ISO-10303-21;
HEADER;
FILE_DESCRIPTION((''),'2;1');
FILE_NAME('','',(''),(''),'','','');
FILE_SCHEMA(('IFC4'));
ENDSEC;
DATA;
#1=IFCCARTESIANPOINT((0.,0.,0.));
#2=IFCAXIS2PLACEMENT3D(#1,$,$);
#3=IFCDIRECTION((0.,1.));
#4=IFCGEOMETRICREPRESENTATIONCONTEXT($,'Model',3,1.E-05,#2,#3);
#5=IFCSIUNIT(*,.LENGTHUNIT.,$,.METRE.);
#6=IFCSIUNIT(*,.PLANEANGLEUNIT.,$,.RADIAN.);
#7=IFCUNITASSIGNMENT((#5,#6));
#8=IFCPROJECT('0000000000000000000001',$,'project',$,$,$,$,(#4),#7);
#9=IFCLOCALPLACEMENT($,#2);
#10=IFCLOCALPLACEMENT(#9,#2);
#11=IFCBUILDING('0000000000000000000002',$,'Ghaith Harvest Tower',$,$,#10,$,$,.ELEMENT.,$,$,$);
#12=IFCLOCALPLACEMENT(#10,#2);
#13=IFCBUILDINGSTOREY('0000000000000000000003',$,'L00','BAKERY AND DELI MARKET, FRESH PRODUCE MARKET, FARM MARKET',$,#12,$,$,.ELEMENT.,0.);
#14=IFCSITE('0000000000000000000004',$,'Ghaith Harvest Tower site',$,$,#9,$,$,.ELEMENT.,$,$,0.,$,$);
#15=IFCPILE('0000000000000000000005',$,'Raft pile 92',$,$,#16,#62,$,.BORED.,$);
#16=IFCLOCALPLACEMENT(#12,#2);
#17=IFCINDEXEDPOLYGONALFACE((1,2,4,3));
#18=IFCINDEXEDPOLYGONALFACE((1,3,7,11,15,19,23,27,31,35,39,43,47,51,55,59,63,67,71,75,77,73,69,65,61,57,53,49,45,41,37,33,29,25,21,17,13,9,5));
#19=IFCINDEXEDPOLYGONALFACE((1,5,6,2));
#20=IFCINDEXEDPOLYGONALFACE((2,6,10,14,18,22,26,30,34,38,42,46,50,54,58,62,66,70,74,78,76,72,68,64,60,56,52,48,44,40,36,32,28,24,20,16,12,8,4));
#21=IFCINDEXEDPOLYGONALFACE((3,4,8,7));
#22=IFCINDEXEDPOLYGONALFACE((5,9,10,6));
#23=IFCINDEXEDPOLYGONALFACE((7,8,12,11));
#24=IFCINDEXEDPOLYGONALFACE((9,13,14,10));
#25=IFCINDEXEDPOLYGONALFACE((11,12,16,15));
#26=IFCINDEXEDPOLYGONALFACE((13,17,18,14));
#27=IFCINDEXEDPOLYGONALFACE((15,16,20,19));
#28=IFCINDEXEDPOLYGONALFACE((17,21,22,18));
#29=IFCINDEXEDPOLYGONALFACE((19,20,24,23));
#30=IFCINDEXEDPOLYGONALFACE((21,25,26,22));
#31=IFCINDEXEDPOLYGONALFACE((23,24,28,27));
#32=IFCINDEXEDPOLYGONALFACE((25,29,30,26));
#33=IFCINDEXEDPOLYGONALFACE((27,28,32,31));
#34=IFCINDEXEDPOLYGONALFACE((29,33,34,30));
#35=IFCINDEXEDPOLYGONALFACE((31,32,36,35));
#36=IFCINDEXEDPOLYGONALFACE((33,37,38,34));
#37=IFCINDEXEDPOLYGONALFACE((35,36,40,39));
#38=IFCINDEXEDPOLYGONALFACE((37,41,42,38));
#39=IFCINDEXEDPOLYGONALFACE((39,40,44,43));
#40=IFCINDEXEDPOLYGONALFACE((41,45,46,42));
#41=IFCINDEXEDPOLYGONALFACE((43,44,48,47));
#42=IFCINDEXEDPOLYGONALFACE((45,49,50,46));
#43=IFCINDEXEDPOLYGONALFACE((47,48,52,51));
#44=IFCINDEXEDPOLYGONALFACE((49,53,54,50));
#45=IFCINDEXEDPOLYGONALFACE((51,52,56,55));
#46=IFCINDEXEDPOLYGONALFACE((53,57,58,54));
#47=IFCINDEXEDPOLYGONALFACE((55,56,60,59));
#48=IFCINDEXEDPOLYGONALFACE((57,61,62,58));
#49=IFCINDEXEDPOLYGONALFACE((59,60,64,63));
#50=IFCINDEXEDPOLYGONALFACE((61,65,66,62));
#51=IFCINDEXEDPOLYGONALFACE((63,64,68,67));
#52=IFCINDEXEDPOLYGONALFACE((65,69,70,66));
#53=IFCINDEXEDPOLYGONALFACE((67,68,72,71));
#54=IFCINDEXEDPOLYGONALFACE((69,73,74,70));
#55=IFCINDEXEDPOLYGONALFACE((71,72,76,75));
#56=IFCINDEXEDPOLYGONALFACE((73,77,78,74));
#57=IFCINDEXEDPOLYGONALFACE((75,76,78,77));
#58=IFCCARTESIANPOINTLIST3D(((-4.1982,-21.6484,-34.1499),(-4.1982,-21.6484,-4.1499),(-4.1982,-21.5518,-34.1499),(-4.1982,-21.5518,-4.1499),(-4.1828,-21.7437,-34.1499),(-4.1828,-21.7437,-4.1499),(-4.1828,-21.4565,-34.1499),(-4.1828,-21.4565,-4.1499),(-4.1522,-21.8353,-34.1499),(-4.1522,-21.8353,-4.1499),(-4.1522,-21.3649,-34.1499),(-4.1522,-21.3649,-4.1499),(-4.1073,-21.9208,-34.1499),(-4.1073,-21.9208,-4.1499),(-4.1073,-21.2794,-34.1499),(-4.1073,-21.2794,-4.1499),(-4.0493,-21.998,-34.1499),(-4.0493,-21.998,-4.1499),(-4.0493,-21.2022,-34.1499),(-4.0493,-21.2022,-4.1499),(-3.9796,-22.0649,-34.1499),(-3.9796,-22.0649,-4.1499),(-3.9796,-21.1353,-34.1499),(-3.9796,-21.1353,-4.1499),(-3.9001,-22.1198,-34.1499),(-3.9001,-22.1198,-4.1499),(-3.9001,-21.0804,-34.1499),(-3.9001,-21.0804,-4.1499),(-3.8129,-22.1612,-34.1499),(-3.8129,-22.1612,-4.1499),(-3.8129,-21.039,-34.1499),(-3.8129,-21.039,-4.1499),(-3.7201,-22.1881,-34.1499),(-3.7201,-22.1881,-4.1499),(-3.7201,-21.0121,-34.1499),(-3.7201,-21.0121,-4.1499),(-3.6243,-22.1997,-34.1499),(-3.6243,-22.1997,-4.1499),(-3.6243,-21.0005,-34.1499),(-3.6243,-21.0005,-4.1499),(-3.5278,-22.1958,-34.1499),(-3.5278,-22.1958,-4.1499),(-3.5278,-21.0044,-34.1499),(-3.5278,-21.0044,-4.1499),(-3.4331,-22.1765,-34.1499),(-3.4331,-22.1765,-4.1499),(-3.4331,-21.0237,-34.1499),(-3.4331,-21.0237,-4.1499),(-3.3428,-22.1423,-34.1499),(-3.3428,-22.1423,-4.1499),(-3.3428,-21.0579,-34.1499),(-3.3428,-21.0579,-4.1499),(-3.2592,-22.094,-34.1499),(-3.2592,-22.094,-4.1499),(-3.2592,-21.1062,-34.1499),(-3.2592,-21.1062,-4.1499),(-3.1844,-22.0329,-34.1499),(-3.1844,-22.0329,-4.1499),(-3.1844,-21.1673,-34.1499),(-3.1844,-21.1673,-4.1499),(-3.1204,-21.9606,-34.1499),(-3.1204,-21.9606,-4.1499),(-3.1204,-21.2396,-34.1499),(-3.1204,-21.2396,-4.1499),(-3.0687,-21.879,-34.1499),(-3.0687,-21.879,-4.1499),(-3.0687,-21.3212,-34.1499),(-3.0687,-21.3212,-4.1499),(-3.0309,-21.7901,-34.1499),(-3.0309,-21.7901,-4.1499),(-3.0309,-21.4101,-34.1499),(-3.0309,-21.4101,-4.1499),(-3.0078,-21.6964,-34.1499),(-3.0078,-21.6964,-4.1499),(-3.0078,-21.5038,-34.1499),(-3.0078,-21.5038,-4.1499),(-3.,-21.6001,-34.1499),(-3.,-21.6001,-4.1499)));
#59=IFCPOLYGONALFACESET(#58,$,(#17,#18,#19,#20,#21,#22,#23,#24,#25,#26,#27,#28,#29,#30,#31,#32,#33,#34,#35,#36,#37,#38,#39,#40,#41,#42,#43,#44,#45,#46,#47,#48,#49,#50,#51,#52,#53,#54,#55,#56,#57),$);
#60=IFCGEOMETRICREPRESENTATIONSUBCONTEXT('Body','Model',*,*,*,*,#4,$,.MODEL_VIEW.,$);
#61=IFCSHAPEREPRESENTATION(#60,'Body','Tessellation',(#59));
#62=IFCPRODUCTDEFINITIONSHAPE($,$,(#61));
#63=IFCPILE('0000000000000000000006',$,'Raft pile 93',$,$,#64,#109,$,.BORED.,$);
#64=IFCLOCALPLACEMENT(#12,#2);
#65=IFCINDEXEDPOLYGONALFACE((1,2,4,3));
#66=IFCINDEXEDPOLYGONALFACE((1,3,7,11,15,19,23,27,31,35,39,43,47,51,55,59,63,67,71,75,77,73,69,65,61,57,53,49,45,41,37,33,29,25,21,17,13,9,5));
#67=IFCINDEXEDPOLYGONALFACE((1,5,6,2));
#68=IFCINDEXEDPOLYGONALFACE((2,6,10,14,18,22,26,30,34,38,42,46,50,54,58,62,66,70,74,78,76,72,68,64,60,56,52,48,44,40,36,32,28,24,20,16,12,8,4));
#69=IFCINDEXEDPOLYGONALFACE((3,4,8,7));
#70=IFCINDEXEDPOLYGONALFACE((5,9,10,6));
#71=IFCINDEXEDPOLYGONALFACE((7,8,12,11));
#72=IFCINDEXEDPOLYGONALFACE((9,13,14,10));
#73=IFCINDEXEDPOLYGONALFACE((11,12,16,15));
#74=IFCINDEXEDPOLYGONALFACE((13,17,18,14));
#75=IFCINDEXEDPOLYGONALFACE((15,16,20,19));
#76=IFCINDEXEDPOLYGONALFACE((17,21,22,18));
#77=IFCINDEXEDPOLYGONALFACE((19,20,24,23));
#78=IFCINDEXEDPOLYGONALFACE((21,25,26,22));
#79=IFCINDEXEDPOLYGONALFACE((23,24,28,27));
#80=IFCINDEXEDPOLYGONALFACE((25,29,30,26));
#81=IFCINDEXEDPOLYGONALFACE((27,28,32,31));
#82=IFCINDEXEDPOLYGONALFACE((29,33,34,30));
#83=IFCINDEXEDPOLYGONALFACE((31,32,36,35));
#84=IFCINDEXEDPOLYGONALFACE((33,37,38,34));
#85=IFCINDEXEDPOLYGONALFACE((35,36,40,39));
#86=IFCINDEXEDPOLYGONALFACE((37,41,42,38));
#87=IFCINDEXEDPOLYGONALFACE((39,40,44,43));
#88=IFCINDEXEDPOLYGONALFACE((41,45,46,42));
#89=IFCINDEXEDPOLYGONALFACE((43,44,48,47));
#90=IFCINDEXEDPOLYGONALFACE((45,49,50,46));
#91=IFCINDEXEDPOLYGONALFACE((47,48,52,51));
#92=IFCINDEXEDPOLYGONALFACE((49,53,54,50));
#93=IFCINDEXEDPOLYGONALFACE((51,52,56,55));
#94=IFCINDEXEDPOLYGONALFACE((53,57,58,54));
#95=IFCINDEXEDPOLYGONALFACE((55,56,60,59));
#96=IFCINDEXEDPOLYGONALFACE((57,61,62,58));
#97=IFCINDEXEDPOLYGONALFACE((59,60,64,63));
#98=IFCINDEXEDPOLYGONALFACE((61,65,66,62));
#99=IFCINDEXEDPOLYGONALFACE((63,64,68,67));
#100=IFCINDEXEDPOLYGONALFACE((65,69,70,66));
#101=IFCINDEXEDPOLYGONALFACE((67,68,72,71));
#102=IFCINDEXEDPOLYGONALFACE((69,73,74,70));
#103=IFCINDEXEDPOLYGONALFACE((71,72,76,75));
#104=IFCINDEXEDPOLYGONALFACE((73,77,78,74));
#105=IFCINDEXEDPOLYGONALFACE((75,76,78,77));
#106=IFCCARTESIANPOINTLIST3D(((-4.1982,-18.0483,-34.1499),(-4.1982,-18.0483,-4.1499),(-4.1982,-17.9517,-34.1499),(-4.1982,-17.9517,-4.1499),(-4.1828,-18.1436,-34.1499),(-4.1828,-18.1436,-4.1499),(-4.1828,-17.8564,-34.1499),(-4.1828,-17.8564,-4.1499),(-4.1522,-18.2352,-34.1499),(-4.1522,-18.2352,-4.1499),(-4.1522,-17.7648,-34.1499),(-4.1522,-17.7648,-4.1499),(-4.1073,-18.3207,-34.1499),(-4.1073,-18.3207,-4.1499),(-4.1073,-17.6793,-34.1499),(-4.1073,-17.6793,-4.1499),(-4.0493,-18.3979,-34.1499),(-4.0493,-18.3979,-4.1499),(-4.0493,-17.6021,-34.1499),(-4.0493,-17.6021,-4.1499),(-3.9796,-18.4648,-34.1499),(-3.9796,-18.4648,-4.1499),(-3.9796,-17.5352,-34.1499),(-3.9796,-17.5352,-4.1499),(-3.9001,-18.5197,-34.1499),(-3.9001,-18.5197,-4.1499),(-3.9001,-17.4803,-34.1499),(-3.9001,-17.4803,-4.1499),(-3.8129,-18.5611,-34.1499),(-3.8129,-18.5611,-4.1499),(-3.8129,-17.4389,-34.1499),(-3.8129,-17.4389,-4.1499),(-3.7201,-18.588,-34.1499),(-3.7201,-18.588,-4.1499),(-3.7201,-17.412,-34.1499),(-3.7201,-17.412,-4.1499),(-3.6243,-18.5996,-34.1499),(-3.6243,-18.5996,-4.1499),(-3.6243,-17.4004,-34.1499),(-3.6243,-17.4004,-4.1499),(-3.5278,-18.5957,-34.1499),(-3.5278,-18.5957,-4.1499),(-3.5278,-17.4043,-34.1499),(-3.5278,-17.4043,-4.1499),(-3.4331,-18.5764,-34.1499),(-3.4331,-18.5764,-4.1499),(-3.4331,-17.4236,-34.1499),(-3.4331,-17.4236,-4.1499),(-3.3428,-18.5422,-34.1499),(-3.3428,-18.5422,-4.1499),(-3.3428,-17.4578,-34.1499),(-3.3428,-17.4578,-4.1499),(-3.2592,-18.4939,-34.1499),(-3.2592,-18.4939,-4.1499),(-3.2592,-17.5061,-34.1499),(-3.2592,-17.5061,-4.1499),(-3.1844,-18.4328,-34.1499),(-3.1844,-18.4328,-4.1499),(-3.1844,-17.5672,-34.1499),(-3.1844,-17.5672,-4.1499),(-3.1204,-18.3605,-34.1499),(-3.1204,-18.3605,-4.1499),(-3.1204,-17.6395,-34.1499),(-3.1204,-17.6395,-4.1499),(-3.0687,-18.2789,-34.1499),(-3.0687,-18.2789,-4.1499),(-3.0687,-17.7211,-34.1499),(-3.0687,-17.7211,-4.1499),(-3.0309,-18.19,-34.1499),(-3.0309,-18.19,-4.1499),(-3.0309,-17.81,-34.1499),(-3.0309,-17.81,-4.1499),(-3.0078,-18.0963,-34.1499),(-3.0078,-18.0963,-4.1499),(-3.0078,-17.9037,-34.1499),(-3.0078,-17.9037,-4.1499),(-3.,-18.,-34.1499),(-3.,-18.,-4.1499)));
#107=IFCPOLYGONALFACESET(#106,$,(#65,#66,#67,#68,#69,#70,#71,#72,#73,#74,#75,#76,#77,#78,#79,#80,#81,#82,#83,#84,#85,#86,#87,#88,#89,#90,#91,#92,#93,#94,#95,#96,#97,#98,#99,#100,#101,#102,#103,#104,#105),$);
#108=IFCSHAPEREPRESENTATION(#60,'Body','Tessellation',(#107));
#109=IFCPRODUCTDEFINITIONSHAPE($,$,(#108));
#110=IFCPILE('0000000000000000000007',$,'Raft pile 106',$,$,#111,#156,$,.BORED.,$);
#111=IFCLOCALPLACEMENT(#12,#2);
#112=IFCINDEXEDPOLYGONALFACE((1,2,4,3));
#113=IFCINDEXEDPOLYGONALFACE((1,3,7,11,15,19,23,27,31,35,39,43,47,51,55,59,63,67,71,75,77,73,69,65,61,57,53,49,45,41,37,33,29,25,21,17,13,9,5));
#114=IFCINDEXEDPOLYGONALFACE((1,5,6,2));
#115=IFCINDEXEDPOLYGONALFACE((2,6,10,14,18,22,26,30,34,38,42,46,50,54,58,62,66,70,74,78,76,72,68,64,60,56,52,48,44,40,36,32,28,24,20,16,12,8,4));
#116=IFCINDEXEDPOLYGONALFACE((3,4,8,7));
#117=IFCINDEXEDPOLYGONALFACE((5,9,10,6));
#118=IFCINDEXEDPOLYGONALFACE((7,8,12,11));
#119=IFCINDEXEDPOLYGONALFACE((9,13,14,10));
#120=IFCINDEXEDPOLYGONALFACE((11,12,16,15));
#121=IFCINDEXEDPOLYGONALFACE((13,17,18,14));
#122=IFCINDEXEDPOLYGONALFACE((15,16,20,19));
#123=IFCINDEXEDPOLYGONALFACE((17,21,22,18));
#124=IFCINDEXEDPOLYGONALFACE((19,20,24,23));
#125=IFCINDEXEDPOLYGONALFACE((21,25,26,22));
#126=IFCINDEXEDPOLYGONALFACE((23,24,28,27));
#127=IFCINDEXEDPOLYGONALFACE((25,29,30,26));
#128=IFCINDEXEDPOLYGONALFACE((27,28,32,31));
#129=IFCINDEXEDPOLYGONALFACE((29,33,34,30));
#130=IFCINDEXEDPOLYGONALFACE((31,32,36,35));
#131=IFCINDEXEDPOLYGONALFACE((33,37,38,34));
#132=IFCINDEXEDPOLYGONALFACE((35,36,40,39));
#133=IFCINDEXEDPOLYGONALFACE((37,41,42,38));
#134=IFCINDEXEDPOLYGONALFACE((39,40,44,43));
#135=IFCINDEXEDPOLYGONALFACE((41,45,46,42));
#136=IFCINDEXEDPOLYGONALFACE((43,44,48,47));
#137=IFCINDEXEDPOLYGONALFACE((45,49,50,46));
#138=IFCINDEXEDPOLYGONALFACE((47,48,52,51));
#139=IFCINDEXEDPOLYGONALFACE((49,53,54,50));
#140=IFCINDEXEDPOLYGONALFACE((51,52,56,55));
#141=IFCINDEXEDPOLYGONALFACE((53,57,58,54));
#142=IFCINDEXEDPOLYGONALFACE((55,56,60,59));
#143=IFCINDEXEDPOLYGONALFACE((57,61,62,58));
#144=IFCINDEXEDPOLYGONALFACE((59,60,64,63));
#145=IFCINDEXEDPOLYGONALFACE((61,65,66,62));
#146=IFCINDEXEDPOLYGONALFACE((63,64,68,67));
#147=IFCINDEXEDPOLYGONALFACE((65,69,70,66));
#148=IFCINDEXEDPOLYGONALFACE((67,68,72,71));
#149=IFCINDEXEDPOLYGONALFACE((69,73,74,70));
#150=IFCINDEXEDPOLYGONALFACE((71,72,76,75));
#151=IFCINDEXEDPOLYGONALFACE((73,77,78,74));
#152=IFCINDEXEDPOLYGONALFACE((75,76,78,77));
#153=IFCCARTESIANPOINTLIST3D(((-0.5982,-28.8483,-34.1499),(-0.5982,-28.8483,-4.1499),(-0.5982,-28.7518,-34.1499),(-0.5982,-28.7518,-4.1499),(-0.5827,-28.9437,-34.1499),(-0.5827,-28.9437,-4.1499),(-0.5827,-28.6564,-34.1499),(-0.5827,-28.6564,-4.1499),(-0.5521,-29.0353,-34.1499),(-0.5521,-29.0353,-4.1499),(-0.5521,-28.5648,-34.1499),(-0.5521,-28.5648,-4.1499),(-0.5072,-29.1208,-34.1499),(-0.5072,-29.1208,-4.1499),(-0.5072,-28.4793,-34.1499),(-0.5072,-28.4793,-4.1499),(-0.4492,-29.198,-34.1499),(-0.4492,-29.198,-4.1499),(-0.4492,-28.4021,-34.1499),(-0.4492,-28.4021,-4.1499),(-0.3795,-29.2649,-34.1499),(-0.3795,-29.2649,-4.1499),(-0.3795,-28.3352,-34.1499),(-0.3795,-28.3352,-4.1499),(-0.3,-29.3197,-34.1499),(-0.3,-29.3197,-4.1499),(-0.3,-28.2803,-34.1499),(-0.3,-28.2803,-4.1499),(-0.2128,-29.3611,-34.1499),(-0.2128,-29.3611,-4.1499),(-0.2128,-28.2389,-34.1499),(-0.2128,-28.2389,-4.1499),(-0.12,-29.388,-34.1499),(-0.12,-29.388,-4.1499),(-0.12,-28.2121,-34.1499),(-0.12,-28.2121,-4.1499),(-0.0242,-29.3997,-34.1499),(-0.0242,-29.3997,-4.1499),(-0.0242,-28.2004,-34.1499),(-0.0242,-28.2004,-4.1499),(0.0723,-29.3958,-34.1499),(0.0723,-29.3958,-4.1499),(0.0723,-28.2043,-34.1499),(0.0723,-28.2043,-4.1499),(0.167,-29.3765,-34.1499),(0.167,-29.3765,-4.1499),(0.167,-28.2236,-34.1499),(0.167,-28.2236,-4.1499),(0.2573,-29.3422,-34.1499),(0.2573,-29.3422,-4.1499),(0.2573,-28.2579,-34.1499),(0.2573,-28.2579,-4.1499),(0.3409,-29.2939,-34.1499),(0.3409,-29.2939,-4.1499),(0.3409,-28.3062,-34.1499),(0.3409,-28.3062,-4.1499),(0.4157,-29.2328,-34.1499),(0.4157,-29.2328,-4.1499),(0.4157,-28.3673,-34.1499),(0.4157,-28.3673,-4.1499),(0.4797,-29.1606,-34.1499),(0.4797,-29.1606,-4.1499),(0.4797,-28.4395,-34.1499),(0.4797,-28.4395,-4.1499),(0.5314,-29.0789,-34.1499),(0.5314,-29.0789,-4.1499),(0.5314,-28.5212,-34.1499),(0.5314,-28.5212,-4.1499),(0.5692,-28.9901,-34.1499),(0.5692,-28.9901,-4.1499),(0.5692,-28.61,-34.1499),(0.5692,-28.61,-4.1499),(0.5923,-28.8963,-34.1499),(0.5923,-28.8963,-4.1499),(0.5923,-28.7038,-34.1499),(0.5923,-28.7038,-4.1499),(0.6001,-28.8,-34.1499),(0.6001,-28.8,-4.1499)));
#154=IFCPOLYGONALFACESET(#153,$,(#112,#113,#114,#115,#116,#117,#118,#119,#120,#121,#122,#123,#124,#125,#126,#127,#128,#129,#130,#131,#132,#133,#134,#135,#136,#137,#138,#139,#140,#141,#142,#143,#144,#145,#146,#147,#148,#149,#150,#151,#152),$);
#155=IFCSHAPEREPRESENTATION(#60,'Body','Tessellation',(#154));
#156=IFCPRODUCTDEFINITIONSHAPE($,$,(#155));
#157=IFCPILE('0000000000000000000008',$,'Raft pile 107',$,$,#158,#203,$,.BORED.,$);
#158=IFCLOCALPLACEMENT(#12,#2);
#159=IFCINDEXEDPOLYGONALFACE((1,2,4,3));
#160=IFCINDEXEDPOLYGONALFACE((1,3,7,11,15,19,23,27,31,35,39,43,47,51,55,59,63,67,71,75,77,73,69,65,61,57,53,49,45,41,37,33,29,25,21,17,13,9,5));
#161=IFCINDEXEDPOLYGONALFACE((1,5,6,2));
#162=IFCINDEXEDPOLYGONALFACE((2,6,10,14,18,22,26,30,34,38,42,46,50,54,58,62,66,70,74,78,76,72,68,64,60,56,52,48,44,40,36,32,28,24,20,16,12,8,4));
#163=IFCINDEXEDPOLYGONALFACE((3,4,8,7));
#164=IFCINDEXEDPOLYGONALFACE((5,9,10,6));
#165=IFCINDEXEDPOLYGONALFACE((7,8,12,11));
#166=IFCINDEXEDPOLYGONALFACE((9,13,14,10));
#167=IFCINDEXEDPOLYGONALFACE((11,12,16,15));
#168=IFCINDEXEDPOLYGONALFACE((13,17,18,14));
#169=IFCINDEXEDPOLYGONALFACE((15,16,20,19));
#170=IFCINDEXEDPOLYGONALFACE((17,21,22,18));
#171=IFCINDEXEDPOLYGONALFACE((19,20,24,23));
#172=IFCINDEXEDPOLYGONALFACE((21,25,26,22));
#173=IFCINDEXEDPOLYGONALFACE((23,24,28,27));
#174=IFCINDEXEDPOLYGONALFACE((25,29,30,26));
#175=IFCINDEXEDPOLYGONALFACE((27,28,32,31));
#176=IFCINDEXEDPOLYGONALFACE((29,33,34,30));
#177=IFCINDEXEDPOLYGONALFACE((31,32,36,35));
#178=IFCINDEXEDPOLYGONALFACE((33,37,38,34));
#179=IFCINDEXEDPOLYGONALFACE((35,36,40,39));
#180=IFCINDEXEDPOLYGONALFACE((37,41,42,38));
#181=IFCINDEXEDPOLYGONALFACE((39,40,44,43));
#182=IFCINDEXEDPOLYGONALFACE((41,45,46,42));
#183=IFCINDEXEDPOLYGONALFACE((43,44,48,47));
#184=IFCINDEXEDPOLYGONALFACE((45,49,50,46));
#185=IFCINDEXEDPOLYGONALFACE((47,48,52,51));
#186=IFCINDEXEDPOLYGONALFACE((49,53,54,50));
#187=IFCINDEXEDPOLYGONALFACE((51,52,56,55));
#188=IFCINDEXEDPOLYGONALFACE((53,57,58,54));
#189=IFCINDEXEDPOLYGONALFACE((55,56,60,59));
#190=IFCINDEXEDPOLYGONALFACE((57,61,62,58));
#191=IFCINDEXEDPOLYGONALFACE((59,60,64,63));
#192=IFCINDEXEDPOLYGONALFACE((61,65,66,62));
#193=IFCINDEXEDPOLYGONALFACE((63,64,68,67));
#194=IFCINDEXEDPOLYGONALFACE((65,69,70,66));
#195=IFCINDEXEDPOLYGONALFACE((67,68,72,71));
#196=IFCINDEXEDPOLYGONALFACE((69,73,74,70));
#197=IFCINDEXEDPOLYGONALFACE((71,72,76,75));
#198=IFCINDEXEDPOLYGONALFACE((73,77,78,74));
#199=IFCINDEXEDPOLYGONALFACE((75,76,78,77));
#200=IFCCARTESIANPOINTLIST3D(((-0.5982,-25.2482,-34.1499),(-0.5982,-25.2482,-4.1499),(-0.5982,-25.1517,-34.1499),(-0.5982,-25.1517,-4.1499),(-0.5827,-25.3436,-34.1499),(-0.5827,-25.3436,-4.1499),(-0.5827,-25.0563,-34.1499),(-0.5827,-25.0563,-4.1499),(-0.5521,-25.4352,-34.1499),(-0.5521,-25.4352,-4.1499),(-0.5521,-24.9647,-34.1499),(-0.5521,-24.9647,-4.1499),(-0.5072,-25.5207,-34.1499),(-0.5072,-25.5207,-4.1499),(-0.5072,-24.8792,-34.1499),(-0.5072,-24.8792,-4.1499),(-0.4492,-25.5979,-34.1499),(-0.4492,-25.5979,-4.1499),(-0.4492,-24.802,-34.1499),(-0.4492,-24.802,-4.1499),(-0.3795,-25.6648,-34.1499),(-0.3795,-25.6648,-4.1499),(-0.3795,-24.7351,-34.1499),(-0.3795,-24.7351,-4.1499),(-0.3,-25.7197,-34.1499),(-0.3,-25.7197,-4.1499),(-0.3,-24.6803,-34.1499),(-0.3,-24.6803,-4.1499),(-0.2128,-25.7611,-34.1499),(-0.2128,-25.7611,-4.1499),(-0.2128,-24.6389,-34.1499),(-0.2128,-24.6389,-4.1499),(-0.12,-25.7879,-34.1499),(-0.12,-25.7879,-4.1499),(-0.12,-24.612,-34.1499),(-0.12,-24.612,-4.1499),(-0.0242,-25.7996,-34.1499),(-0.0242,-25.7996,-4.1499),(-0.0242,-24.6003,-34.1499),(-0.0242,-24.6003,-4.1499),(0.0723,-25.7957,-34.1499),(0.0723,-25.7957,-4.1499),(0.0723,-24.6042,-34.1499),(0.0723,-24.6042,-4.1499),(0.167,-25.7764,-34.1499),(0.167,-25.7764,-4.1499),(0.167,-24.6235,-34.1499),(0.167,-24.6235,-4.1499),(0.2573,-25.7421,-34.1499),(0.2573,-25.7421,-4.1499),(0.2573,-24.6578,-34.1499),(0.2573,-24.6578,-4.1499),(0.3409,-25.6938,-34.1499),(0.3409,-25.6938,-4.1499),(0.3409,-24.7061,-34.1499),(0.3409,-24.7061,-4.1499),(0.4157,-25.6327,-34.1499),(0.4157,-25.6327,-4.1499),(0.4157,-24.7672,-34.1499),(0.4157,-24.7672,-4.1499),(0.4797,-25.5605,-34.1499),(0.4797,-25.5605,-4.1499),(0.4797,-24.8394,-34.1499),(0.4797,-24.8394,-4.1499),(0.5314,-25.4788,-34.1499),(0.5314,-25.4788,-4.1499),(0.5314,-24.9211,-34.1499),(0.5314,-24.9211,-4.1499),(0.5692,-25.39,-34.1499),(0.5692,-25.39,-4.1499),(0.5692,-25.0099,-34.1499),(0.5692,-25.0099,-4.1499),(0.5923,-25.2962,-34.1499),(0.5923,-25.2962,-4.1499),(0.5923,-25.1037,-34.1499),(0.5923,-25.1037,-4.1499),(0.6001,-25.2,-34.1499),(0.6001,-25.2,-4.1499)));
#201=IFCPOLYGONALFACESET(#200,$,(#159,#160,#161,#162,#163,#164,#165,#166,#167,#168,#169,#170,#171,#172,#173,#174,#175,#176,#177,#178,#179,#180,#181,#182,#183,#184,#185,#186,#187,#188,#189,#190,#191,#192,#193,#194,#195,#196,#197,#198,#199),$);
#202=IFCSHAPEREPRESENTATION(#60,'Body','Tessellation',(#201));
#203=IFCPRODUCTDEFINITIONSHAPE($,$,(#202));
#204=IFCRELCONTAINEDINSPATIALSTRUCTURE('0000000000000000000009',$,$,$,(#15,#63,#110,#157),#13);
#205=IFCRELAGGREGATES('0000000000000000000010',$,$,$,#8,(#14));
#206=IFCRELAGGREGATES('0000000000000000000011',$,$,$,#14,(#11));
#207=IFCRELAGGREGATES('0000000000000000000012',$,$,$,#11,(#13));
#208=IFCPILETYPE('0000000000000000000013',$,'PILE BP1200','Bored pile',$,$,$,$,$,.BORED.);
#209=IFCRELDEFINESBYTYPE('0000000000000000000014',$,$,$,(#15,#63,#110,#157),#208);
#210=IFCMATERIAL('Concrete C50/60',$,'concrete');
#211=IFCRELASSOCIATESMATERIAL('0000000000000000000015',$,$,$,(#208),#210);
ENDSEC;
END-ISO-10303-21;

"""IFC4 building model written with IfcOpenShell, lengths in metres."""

from ifc_helpers import new_model, si_unit, direction, frame, origin, origin_2d, place, context, subcontext, project, spatial, circle, extrude, material, material_profile, profile_set, type_object, element, save


model = new_model("IFC4")

# Units and contexts
model_context = context("Model", 3, precision=1e-05, world=origin(), true_north=direction((0.0, 1.0)))
body_context = subcontext(model_context, "Body", "Model", "MODEL_VIEW")
ifc_project = project(units=[si_unit("LENGTHUNIT", "METRE"), si_unit("PLANEANGLEUNIT", "RADIAN")], contexts=[model_context])

# Site, building, storey
site_placement = place(None, origin())
site = spatial("IfcSite", under=ifc_project, at=site_placement, Name="Ghaith Harvest Tower site", CompositionType="ELEMENT", RefElevation=0.0)
building_placement = place(site_placement, origin())
building = spatial("IfcBuilding", under=site, at=building_placement, Name="Ghaith Harvest Tower", CompositionType="ELEMENT")
storey_placement = place(building_placement, origin())
storey = spatial("IfcBuildingStorey", under=building, at=storey_placement, Name="L00", Description="BAKERY AND DELI MARKET, FRESH PRODUCE MARKET, FARM MARKET", CompositionType="ELEMENT", Elevation=0.0)

# Piles
ifc_material_1 = material(Name="Concrete C50/60", Category="concrete")
ifc_material_profile_1 = material_profile(ifc_material_1, circle(Radius=0.6001, at=origin_2d()), Name="PILE1200")
ifc_profile_set_1 = profile_set([ifc_material_profile_1], Name="Concrete C50/60")
pile_type = type_object("IfcPileType", Name="PILE BP1200", Description="Bored pile", PredefinedType="BORED", material=ifc_profile_set_1)
for number, where, z_axis, x_axis, name in (
    (1, (-3.6001, -21.6001, -4.1499), (0.0, 0.0, -1.0), (1.0, 0.0, 0.0), "Raft pile 92"),
    (2, (-3.6001, -18.0, -4.1499), (0.0, 0.0, -1.0), (1.0, 0.0, 0.0), "Raft pile 93"),
    (3, (0.0, -28.8, -4.1499), (0.0, 0.0, -1.0), (1.0, 0.0, 0.0), "Raft pile 106"),
    (4, (0.0, -25.2, -4.1499), (0.0, 0.0, -1.0), (1.0, 0.0, 0.0), "Raft pile 107"),
):
    element("IfcPile", number, at=place(storey_placement, frame(where, z_axis=z_axis, x_axis=x_axis)), inside=storey, type_object=pile_type, Name=name, PredefinedType="BORED", context=body_context, shape_type="SweptSolid", body=[
        extrude(circle(Radius=0.6001, at=origin_2d()), origin(), (0.0, 0.0, 1.0), 30.0),
    ])

save(model, "model.ifc")
